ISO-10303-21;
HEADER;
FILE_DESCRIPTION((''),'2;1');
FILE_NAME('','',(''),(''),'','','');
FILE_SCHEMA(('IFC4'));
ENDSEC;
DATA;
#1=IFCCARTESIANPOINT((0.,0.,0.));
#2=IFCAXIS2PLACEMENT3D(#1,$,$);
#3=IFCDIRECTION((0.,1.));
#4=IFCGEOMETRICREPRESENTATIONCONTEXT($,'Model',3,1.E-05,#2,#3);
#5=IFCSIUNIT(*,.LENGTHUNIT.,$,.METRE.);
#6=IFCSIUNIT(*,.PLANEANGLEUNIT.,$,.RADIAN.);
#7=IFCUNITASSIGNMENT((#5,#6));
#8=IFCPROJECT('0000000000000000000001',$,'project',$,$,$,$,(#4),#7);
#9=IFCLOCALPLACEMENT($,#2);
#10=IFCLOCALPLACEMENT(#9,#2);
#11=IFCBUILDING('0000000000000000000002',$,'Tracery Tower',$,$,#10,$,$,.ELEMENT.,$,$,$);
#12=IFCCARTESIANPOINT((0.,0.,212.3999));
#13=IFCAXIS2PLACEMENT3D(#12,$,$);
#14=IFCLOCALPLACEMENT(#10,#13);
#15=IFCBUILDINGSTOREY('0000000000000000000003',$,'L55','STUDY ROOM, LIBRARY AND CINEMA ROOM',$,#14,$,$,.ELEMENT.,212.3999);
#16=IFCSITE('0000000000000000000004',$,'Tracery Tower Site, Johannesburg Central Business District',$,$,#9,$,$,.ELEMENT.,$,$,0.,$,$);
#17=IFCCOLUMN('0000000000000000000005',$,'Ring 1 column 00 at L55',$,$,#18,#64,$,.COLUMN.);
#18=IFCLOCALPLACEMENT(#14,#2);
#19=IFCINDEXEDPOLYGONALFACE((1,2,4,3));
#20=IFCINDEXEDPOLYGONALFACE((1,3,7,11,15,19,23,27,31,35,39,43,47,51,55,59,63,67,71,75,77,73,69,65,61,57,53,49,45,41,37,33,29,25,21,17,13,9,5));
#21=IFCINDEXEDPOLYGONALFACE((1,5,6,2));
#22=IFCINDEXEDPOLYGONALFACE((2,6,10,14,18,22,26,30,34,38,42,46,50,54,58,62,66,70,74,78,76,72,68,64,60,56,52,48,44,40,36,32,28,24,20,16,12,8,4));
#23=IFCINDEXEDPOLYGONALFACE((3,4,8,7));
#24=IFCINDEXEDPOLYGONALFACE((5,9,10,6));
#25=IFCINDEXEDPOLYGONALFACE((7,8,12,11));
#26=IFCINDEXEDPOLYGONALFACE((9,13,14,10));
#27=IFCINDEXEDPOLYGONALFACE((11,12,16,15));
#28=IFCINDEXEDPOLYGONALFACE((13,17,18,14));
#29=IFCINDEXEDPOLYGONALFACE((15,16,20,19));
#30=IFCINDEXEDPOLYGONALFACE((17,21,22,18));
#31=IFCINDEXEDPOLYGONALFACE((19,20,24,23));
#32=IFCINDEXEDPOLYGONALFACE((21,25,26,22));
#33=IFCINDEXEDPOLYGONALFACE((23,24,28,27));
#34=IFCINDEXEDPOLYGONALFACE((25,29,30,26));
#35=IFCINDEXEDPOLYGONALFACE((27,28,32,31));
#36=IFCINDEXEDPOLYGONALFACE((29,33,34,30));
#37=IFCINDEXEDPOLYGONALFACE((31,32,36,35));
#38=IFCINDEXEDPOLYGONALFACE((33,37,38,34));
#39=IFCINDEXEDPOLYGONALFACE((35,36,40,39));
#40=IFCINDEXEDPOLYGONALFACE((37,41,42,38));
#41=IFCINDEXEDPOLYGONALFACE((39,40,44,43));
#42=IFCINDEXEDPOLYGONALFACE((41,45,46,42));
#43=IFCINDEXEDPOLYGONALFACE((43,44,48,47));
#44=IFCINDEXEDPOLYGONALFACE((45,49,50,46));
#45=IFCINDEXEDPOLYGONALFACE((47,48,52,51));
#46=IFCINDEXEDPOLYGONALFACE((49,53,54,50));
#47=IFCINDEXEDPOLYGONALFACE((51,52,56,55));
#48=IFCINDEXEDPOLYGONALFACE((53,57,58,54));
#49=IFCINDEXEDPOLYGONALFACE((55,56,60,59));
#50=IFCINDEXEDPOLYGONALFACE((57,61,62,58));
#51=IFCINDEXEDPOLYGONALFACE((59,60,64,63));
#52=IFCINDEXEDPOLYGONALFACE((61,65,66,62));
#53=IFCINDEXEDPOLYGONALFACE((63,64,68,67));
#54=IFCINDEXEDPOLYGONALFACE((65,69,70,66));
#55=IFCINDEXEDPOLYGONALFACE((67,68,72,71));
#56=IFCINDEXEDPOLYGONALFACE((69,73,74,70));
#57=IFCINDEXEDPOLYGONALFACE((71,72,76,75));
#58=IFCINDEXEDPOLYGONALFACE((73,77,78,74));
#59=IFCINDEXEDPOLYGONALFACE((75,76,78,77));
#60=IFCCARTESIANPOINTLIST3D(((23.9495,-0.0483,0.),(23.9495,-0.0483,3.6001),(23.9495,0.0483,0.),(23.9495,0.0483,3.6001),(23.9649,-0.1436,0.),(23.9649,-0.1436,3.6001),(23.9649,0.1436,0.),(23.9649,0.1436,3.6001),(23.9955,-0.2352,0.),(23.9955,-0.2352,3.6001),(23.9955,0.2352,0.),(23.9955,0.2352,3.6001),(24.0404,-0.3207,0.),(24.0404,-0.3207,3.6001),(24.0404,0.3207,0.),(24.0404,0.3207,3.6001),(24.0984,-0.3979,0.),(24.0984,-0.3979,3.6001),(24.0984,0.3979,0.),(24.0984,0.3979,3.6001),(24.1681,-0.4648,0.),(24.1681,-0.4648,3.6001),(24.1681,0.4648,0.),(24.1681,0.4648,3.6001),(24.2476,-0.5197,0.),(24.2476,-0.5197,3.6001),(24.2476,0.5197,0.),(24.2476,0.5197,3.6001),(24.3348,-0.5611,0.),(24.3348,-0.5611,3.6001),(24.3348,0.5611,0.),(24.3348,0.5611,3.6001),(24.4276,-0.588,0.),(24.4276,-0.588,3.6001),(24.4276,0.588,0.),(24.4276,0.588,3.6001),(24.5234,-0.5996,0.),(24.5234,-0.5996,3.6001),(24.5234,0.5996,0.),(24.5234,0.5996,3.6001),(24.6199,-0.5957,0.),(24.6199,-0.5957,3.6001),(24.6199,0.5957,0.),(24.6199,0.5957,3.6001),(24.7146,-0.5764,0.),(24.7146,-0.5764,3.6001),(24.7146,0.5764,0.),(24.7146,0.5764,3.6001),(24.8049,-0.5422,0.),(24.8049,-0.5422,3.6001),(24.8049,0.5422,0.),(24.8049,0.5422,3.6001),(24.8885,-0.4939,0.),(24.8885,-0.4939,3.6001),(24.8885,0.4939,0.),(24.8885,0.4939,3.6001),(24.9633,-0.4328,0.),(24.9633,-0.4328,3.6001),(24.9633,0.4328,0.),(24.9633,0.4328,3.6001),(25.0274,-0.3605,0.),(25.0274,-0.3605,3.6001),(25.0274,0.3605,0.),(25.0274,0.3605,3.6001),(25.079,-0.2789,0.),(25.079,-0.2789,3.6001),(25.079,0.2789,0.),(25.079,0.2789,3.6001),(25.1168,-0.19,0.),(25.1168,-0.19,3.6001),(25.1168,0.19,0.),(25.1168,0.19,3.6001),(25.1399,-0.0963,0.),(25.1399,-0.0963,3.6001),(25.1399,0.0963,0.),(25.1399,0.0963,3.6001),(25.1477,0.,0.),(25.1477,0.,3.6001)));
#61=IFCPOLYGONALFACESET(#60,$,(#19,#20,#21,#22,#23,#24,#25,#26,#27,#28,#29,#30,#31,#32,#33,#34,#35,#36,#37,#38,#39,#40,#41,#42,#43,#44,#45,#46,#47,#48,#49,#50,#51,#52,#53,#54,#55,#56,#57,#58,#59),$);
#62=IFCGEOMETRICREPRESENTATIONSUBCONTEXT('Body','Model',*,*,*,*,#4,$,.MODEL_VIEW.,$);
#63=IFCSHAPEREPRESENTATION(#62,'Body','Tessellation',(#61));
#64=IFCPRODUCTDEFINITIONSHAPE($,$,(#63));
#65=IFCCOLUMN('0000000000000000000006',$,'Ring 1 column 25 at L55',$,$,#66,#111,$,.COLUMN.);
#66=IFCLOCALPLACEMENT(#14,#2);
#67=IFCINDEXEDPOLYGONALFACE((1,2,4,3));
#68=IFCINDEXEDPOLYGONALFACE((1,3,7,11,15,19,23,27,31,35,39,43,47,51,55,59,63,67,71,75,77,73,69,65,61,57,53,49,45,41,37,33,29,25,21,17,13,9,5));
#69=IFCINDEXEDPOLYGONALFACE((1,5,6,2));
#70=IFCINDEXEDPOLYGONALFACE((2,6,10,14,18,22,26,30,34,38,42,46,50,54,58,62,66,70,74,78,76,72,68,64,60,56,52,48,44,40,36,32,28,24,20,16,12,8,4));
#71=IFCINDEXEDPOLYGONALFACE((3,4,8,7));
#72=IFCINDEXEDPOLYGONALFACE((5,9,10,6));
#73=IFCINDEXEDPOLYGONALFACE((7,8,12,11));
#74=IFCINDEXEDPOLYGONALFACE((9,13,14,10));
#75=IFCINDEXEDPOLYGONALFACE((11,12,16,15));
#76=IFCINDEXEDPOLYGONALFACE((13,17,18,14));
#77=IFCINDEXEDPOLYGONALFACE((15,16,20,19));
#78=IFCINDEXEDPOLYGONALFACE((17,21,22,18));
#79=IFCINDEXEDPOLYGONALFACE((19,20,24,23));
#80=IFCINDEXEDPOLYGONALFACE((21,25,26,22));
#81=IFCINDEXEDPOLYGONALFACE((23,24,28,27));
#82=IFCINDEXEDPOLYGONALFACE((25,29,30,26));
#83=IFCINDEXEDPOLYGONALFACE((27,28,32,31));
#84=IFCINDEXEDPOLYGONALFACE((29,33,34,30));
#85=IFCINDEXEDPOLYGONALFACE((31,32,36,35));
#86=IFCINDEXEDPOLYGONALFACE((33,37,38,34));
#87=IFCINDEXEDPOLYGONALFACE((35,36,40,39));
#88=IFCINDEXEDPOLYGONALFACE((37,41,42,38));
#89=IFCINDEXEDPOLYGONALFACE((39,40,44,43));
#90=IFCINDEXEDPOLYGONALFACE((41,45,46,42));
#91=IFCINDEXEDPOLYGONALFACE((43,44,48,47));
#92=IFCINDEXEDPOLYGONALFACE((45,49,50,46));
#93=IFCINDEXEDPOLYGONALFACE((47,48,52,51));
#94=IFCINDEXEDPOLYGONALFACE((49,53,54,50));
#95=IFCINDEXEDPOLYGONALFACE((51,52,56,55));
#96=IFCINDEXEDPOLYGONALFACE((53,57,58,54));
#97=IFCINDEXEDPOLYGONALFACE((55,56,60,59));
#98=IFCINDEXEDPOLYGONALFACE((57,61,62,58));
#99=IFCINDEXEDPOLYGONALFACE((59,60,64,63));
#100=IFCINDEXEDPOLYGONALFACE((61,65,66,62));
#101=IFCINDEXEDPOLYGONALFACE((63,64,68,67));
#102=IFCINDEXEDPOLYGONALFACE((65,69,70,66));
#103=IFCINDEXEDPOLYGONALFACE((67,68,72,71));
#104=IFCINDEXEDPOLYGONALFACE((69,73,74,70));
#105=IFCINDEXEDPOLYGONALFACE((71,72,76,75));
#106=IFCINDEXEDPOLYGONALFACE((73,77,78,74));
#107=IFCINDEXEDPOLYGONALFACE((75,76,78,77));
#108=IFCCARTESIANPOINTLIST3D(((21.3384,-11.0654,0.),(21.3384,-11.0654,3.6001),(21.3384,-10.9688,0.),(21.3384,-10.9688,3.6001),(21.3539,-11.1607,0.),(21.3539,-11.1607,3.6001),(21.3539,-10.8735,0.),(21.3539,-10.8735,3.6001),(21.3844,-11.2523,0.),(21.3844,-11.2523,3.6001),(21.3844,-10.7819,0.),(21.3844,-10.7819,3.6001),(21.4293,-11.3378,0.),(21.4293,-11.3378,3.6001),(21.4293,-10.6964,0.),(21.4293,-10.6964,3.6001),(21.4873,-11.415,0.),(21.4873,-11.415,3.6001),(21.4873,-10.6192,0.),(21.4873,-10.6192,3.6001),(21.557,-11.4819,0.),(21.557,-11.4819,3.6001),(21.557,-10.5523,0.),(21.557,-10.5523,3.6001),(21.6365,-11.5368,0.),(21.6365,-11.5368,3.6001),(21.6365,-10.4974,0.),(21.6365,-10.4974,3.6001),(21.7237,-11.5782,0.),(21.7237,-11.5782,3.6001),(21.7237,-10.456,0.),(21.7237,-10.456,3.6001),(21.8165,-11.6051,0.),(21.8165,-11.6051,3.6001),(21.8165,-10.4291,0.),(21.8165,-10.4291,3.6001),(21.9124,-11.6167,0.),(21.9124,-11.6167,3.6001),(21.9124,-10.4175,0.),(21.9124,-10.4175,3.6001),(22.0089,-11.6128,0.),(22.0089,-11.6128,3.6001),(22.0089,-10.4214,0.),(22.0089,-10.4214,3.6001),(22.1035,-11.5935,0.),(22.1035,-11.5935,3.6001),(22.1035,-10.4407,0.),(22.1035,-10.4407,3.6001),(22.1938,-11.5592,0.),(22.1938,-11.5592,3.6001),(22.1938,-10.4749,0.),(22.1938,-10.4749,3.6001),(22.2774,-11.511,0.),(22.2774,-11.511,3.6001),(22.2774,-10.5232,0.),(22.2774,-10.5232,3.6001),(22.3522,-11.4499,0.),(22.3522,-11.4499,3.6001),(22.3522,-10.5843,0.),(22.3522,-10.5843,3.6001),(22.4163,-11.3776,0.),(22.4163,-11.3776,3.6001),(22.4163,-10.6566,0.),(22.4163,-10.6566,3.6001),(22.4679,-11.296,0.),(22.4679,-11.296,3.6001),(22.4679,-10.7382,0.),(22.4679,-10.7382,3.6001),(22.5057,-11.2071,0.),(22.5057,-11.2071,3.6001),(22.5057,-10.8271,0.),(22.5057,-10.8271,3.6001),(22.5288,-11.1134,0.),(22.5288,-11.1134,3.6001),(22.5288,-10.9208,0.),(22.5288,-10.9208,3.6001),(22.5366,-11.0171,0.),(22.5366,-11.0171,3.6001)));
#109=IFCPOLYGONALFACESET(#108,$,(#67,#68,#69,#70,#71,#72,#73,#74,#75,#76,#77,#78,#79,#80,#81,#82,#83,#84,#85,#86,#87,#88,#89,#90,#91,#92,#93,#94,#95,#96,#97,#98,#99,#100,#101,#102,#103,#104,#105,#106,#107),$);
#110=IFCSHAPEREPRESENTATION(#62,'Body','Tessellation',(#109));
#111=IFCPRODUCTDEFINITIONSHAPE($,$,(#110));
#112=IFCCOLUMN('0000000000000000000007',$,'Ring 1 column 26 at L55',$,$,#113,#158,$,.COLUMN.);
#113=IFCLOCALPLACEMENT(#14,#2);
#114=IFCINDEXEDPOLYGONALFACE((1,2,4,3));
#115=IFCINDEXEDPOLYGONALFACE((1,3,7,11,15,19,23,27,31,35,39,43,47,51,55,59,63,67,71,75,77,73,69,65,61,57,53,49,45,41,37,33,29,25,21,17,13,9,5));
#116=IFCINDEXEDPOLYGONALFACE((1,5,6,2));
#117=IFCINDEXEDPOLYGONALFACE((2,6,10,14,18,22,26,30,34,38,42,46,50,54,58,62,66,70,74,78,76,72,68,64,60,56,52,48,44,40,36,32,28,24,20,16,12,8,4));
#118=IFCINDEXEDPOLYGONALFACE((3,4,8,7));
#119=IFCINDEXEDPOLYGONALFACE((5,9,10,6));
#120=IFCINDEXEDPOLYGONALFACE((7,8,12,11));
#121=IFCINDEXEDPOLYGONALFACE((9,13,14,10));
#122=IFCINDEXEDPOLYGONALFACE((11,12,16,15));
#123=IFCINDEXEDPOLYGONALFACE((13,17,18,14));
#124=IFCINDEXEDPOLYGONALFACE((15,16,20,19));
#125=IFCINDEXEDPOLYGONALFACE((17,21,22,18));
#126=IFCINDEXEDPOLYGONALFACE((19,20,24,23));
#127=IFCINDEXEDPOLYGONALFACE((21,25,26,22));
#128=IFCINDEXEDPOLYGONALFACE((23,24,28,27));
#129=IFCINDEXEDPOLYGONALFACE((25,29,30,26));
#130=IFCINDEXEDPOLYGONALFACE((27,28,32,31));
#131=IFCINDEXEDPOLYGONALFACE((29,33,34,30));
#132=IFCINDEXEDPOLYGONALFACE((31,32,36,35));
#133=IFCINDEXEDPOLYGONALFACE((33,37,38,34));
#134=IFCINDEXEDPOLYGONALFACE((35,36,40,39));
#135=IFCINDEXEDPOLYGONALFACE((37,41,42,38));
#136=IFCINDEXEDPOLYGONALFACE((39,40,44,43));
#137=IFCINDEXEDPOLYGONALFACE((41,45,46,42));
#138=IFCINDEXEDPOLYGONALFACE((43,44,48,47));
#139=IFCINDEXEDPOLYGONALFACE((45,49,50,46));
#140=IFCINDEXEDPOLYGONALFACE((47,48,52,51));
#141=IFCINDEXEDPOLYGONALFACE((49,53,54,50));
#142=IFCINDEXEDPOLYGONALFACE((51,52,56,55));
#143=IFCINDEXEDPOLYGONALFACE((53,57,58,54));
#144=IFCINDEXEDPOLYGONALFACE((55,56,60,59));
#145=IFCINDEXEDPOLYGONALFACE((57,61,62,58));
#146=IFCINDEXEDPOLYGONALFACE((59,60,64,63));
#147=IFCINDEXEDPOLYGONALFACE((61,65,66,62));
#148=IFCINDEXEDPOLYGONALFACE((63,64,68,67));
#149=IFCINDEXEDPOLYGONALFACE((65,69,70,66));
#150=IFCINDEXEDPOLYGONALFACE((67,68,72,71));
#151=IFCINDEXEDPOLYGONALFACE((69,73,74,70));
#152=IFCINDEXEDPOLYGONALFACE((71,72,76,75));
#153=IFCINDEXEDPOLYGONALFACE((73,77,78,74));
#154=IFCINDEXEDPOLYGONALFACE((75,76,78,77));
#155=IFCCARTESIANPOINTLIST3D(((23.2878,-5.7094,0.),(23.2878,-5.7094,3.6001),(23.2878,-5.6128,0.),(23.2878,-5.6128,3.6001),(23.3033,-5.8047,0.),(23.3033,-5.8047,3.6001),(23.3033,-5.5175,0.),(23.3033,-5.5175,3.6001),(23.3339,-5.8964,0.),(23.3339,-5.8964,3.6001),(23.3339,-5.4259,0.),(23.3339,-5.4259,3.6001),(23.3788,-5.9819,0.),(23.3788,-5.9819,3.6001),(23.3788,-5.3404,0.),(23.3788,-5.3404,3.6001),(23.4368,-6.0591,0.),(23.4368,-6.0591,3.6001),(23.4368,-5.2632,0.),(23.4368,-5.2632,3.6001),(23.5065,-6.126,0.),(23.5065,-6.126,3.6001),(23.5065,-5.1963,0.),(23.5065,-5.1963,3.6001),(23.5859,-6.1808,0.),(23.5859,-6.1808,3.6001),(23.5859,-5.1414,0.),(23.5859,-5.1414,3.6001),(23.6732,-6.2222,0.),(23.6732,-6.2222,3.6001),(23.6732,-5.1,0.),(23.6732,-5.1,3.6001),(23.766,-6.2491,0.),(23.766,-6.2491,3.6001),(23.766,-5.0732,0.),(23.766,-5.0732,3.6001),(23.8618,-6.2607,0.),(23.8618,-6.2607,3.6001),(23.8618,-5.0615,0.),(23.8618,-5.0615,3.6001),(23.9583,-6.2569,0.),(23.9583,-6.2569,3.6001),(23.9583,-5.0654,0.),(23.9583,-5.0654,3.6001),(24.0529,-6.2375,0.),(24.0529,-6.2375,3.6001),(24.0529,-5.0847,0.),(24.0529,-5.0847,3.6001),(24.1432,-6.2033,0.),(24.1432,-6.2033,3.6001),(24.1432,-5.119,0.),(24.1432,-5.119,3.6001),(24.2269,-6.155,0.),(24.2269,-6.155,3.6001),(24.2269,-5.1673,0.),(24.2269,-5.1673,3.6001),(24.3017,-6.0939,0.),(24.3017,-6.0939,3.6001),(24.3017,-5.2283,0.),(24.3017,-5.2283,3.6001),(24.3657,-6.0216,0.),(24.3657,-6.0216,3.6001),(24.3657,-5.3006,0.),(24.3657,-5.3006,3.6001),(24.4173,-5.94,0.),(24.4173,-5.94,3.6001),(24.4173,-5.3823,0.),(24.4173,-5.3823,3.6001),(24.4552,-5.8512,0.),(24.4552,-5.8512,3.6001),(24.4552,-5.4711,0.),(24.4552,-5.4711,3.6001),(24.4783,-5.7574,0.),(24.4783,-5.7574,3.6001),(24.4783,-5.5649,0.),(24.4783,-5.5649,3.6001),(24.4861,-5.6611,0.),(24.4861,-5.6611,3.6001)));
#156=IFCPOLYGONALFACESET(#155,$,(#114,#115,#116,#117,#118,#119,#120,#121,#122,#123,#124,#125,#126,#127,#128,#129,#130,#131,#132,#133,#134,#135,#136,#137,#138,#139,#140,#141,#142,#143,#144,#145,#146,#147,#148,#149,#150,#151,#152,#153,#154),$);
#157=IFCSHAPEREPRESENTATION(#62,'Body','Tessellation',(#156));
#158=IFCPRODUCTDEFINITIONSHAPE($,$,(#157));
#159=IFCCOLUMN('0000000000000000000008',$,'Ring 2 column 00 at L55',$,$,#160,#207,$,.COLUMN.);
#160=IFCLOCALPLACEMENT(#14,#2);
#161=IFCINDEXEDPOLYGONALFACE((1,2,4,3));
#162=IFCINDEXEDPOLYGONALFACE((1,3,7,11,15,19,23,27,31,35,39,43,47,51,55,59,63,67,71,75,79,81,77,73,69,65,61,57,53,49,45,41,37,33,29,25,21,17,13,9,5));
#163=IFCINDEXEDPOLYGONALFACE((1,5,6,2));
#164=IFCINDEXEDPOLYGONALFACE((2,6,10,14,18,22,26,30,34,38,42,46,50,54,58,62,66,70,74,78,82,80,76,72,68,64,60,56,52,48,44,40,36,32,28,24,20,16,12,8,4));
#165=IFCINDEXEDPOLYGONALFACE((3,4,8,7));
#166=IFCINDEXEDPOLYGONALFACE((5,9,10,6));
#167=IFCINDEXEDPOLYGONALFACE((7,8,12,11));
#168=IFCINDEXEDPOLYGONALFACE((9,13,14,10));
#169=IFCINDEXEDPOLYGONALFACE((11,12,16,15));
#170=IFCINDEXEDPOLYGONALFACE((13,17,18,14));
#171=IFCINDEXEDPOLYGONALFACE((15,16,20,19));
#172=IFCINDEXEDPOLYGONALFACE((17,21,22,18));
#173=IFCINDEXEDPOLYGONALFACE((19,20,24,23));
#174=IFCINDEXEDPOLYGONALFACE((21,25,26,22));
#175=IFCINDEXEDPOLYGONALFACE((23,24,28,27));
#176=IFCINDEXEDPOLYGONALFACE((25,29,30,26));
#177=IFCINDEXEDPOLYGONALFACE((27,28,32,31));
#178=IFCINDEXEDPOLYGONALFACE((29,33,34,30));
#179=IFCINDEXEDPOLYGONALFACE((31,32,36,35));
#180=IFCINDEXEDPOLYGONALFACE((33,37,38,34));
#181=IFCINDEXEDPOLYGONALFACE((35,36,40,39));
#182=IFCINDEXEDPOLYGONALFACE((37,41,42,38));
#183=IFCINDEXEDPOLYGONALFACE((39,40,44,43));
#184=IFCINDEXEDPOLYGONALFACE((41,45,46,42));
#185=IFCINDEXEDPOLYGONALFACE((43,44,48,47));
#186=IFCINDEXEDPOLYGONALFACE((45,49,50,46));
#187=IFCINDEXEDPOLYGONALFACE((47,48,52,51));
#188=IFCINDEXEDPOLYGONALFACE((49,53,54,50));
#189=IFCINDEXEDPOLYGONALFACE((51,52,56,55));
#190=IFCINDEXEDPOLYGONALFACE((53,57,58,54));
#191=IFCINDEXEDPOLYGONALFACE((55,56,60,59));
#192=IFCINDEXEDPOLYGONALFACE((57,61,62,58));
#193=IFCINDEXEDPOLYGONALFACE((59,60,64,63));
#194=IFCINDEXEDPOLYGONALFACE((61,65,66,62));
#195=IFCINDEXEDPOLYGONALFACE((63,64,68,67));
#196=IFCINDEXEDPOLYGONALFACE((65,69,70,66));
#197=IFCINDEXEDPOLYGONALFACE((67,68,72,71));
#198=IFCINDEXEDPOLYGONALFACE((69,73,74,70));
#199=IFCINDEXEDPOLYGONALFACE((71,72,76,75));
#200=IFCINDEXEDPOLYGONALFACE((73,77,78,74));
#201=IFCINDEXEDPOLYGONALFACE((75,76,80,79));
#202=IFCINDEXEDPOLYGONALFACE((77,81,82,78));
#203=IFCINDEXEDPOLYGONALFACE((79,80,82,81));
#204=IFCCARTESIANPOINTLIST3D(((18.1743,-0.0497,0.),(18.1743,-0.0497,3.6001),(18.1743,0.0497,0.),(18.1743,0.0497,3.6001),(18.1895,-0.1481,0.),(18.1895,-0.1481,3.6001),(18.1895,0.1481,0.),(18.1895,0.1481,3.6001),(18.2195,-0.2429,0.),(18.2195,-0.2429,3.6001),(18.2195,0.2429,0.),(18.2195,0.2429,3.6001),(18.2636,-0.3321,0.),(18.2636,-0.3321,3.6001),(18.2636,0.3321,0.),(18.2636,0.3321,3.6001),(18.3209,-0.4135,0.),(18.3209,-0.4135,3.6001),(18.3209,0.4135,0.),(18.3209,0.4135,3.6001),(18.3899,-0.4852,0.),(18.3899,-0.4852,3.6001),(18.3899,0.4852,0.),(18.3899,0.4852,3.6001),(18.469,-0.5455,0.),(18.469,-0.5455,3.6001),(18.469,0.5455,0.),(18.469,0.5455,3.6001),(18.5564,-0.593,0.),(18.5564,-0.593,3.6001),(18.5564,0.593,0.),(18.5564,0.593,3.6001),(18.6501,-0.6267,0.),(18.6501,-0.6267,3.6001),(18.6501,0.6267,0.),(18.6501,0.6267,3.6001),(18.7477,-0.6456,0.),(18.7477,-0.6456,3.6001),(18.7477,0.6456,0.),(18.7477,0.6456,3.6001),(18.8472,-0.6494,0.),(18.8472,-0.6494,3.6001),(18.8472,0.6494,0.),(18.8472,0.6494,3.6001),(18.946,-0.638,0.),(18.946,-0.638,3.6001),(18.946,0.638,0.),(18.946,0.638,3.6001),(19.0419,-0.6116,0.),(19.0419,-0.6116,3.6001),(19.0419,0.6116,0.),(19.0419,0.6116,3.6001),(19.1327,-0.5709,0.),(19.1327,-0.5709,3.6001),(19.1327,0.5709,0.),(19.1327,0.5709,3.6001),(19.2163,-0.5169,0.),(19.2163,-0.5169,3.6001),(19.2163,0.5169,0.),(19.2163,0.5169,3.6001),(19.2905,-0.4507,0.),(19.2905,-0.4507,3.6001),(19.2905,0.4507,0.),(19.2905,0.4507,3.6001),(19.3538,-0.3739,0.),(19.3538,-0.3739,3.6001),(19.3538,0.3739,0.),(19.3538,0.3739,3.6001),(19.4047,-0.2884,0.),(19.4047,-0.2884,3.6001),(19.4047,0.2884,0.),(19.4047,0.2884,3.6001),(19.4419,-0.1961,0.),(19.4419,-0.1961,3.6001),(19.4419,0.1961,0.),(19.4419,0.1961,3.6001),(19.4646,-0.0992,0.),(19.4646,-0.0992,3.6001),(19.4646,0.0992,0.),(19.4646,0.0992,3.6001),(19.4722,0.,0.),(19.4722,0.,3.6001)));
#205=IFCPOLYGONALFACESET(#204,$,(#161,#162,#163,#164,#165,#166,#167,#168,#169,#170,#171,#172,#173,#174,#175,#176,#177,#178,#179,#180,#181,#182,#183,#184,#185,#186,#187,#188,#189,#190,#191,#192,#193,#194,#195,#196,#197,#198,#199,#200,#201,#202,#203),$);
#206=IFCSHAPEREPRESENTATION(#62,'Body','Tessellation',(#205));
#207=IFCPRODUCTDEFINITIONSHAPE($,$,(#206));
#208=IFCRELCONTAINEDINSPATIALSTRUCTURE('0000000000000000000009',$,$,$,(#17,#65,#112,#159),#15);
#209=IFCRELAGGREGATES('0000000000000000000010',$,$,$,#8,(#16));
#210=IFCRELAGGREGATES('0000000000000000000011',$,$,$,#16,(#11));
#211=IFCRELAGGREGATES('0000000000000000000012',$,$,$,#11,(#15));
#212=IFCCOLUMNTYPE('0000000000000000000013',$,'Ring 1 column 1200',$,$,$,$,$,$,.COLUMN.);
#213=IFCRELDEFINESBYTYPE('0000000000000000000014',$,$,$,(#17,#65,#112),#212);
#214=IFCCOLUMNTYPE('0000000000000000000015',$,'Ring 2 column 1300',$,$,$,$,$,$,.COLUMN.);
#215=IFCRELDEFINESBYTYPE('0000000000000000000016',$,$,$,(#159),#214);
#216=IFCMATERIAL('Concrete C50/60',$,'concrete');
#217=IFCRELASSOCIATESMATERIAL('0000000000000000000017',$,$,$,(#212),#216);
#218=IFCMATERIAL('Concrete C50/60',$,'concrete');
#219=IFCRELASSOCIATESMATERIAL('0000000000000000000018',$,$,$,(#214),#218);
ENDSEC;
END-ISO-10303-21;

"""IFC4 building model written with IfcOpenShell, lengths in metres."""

from ifc_helpers import new_model, si_unit, direction, frame, origin, origin_2d, place, context, subcontext, project, spatial, circle, extrude, material, material_profile, profile_set, type_object, element, save


model = new_model("IFC4")

# Units and contexts
model_context = context("Model", 3, precision=1e-05, world=origin(), true_north=direction((0.0, 1.0)))
body_context = subcontext(model_context, "Body", "Model", "MODEL_VIEW")
ifc_project = project(units=[si_unit("LENGTHUNIT", "METRE"), si_unit("PLANEANGLEUNIT", "RADIAN")], contexts=[model_context])

# Site, building, storey
site_placement = place(None, origin())
site = spatial("IfcSite", under=ifc_project, at=site_placement, Name="Tracery Tower Site, Johannesburg Central Business District", CompositionType="ELEMENT", RefElevation=0.0)
building_placement = place(site_placement, origin())
building = spatial("IfcBuilding", under=site, at=building_placement, Name="Tracery Tower", CompositionType="ELEMENT")
storey_placement = place(building_placement, frame((0.0, 0.0, 212.3999)))
storey = spatial("IfcBuildingStorey", under=building, at=storey_placement, Name="L55", Description="STUDY ROOM, LIBRARY AND CINEMA ROOM", CompositionType="ELEMENT", Elevation=212.3999)

# Columns
ifc_material_1 = material(Name="Concrete C50/60", Category="concrete")
ifc_material_profile_1 = material_profile(ifc_material_1, circle(Radius=0.6001, at=origin_2d()), Name="RC D1200")
ifc_profile_set_1 = profile_set([ifc_material_profile_1], Name="Concrete C50/60")
column_type_1 = type_object("IfcColumnType", Name="Ring 1 column 1200", PredefinedType="COLUMN", material=ifc_profile_set_1)
for number, where, z_axis, x_axis, name in (
    (1, (24.5476, 0.0, 0.0), (0.0, 0.0, 1.0), (1.0, 0.0, 0.0), "Ring 1 column 00 at L55"),
    (2, (21.9365, -11.0171, 0.0), (0.0, 0.0, 1.0), (1.0, 0.0, 0.0), "Ring 1 column 25 at L55"),
    (3, (23.886, -5.6611, 0.0), (0.0, 0.0, 1.0), (1.0, 0.0, 0.0), "Ring 1 column 26 at L55"),
):
    element("IfcColumn", number, at=place(storey_placement, frame(where, z_axis=z_axis, x_axis=x_axis)), inside=storey, type_object=column_type_1, Name=name, PredefinedType="COLUMN", context=body_context, shape_type="SweptSolid", body=[
        extrude(circle(Radius=0.6001, at=origin_2d()), origin(), (0.0, 0.0, 1.0), 3.6001),
    ])
ifc_material_2 = material(Name="Concrete C50/60", Category="concrete")
ifc_material_profile_2 = material_profile(ifc_material_2, circle(Radius=0.6499, at=origin_2d()), Name="RC D1300")
ifc_profile_set_2 = profile_set([ifc_material_profile_2], Name="Concrete C50/60")
column_type_2 = type_object("IfcColumnType", Name="Ring 2 column 1300", PredefinedType="COLUMN", material=ifc_profile_set_2)
for number, where, z_axis, x_axis, name in (
    (4, (18.8223, 0.0, 0.0), (0.0, 0.0, 1.0), (1.0, 0.0, 0.0), "Ring 2 column 00 at L55"),
):
    element("IfcColumn", number, at=place(storey_placement, frame(where, z_axis=z_axis, x_axis=x_axis)), inside=storey, type_object=column_type_2, Name=name, PredefinedType="COLUMN", context=body_context, shape_type="SweptSolid", body=[
        extrude(circle(Radius=0.6499, at=origin_2d()), origin(), (0.0, 0.0, 1.0), 3.6001),
    ])

save(model, "model.ifc")
